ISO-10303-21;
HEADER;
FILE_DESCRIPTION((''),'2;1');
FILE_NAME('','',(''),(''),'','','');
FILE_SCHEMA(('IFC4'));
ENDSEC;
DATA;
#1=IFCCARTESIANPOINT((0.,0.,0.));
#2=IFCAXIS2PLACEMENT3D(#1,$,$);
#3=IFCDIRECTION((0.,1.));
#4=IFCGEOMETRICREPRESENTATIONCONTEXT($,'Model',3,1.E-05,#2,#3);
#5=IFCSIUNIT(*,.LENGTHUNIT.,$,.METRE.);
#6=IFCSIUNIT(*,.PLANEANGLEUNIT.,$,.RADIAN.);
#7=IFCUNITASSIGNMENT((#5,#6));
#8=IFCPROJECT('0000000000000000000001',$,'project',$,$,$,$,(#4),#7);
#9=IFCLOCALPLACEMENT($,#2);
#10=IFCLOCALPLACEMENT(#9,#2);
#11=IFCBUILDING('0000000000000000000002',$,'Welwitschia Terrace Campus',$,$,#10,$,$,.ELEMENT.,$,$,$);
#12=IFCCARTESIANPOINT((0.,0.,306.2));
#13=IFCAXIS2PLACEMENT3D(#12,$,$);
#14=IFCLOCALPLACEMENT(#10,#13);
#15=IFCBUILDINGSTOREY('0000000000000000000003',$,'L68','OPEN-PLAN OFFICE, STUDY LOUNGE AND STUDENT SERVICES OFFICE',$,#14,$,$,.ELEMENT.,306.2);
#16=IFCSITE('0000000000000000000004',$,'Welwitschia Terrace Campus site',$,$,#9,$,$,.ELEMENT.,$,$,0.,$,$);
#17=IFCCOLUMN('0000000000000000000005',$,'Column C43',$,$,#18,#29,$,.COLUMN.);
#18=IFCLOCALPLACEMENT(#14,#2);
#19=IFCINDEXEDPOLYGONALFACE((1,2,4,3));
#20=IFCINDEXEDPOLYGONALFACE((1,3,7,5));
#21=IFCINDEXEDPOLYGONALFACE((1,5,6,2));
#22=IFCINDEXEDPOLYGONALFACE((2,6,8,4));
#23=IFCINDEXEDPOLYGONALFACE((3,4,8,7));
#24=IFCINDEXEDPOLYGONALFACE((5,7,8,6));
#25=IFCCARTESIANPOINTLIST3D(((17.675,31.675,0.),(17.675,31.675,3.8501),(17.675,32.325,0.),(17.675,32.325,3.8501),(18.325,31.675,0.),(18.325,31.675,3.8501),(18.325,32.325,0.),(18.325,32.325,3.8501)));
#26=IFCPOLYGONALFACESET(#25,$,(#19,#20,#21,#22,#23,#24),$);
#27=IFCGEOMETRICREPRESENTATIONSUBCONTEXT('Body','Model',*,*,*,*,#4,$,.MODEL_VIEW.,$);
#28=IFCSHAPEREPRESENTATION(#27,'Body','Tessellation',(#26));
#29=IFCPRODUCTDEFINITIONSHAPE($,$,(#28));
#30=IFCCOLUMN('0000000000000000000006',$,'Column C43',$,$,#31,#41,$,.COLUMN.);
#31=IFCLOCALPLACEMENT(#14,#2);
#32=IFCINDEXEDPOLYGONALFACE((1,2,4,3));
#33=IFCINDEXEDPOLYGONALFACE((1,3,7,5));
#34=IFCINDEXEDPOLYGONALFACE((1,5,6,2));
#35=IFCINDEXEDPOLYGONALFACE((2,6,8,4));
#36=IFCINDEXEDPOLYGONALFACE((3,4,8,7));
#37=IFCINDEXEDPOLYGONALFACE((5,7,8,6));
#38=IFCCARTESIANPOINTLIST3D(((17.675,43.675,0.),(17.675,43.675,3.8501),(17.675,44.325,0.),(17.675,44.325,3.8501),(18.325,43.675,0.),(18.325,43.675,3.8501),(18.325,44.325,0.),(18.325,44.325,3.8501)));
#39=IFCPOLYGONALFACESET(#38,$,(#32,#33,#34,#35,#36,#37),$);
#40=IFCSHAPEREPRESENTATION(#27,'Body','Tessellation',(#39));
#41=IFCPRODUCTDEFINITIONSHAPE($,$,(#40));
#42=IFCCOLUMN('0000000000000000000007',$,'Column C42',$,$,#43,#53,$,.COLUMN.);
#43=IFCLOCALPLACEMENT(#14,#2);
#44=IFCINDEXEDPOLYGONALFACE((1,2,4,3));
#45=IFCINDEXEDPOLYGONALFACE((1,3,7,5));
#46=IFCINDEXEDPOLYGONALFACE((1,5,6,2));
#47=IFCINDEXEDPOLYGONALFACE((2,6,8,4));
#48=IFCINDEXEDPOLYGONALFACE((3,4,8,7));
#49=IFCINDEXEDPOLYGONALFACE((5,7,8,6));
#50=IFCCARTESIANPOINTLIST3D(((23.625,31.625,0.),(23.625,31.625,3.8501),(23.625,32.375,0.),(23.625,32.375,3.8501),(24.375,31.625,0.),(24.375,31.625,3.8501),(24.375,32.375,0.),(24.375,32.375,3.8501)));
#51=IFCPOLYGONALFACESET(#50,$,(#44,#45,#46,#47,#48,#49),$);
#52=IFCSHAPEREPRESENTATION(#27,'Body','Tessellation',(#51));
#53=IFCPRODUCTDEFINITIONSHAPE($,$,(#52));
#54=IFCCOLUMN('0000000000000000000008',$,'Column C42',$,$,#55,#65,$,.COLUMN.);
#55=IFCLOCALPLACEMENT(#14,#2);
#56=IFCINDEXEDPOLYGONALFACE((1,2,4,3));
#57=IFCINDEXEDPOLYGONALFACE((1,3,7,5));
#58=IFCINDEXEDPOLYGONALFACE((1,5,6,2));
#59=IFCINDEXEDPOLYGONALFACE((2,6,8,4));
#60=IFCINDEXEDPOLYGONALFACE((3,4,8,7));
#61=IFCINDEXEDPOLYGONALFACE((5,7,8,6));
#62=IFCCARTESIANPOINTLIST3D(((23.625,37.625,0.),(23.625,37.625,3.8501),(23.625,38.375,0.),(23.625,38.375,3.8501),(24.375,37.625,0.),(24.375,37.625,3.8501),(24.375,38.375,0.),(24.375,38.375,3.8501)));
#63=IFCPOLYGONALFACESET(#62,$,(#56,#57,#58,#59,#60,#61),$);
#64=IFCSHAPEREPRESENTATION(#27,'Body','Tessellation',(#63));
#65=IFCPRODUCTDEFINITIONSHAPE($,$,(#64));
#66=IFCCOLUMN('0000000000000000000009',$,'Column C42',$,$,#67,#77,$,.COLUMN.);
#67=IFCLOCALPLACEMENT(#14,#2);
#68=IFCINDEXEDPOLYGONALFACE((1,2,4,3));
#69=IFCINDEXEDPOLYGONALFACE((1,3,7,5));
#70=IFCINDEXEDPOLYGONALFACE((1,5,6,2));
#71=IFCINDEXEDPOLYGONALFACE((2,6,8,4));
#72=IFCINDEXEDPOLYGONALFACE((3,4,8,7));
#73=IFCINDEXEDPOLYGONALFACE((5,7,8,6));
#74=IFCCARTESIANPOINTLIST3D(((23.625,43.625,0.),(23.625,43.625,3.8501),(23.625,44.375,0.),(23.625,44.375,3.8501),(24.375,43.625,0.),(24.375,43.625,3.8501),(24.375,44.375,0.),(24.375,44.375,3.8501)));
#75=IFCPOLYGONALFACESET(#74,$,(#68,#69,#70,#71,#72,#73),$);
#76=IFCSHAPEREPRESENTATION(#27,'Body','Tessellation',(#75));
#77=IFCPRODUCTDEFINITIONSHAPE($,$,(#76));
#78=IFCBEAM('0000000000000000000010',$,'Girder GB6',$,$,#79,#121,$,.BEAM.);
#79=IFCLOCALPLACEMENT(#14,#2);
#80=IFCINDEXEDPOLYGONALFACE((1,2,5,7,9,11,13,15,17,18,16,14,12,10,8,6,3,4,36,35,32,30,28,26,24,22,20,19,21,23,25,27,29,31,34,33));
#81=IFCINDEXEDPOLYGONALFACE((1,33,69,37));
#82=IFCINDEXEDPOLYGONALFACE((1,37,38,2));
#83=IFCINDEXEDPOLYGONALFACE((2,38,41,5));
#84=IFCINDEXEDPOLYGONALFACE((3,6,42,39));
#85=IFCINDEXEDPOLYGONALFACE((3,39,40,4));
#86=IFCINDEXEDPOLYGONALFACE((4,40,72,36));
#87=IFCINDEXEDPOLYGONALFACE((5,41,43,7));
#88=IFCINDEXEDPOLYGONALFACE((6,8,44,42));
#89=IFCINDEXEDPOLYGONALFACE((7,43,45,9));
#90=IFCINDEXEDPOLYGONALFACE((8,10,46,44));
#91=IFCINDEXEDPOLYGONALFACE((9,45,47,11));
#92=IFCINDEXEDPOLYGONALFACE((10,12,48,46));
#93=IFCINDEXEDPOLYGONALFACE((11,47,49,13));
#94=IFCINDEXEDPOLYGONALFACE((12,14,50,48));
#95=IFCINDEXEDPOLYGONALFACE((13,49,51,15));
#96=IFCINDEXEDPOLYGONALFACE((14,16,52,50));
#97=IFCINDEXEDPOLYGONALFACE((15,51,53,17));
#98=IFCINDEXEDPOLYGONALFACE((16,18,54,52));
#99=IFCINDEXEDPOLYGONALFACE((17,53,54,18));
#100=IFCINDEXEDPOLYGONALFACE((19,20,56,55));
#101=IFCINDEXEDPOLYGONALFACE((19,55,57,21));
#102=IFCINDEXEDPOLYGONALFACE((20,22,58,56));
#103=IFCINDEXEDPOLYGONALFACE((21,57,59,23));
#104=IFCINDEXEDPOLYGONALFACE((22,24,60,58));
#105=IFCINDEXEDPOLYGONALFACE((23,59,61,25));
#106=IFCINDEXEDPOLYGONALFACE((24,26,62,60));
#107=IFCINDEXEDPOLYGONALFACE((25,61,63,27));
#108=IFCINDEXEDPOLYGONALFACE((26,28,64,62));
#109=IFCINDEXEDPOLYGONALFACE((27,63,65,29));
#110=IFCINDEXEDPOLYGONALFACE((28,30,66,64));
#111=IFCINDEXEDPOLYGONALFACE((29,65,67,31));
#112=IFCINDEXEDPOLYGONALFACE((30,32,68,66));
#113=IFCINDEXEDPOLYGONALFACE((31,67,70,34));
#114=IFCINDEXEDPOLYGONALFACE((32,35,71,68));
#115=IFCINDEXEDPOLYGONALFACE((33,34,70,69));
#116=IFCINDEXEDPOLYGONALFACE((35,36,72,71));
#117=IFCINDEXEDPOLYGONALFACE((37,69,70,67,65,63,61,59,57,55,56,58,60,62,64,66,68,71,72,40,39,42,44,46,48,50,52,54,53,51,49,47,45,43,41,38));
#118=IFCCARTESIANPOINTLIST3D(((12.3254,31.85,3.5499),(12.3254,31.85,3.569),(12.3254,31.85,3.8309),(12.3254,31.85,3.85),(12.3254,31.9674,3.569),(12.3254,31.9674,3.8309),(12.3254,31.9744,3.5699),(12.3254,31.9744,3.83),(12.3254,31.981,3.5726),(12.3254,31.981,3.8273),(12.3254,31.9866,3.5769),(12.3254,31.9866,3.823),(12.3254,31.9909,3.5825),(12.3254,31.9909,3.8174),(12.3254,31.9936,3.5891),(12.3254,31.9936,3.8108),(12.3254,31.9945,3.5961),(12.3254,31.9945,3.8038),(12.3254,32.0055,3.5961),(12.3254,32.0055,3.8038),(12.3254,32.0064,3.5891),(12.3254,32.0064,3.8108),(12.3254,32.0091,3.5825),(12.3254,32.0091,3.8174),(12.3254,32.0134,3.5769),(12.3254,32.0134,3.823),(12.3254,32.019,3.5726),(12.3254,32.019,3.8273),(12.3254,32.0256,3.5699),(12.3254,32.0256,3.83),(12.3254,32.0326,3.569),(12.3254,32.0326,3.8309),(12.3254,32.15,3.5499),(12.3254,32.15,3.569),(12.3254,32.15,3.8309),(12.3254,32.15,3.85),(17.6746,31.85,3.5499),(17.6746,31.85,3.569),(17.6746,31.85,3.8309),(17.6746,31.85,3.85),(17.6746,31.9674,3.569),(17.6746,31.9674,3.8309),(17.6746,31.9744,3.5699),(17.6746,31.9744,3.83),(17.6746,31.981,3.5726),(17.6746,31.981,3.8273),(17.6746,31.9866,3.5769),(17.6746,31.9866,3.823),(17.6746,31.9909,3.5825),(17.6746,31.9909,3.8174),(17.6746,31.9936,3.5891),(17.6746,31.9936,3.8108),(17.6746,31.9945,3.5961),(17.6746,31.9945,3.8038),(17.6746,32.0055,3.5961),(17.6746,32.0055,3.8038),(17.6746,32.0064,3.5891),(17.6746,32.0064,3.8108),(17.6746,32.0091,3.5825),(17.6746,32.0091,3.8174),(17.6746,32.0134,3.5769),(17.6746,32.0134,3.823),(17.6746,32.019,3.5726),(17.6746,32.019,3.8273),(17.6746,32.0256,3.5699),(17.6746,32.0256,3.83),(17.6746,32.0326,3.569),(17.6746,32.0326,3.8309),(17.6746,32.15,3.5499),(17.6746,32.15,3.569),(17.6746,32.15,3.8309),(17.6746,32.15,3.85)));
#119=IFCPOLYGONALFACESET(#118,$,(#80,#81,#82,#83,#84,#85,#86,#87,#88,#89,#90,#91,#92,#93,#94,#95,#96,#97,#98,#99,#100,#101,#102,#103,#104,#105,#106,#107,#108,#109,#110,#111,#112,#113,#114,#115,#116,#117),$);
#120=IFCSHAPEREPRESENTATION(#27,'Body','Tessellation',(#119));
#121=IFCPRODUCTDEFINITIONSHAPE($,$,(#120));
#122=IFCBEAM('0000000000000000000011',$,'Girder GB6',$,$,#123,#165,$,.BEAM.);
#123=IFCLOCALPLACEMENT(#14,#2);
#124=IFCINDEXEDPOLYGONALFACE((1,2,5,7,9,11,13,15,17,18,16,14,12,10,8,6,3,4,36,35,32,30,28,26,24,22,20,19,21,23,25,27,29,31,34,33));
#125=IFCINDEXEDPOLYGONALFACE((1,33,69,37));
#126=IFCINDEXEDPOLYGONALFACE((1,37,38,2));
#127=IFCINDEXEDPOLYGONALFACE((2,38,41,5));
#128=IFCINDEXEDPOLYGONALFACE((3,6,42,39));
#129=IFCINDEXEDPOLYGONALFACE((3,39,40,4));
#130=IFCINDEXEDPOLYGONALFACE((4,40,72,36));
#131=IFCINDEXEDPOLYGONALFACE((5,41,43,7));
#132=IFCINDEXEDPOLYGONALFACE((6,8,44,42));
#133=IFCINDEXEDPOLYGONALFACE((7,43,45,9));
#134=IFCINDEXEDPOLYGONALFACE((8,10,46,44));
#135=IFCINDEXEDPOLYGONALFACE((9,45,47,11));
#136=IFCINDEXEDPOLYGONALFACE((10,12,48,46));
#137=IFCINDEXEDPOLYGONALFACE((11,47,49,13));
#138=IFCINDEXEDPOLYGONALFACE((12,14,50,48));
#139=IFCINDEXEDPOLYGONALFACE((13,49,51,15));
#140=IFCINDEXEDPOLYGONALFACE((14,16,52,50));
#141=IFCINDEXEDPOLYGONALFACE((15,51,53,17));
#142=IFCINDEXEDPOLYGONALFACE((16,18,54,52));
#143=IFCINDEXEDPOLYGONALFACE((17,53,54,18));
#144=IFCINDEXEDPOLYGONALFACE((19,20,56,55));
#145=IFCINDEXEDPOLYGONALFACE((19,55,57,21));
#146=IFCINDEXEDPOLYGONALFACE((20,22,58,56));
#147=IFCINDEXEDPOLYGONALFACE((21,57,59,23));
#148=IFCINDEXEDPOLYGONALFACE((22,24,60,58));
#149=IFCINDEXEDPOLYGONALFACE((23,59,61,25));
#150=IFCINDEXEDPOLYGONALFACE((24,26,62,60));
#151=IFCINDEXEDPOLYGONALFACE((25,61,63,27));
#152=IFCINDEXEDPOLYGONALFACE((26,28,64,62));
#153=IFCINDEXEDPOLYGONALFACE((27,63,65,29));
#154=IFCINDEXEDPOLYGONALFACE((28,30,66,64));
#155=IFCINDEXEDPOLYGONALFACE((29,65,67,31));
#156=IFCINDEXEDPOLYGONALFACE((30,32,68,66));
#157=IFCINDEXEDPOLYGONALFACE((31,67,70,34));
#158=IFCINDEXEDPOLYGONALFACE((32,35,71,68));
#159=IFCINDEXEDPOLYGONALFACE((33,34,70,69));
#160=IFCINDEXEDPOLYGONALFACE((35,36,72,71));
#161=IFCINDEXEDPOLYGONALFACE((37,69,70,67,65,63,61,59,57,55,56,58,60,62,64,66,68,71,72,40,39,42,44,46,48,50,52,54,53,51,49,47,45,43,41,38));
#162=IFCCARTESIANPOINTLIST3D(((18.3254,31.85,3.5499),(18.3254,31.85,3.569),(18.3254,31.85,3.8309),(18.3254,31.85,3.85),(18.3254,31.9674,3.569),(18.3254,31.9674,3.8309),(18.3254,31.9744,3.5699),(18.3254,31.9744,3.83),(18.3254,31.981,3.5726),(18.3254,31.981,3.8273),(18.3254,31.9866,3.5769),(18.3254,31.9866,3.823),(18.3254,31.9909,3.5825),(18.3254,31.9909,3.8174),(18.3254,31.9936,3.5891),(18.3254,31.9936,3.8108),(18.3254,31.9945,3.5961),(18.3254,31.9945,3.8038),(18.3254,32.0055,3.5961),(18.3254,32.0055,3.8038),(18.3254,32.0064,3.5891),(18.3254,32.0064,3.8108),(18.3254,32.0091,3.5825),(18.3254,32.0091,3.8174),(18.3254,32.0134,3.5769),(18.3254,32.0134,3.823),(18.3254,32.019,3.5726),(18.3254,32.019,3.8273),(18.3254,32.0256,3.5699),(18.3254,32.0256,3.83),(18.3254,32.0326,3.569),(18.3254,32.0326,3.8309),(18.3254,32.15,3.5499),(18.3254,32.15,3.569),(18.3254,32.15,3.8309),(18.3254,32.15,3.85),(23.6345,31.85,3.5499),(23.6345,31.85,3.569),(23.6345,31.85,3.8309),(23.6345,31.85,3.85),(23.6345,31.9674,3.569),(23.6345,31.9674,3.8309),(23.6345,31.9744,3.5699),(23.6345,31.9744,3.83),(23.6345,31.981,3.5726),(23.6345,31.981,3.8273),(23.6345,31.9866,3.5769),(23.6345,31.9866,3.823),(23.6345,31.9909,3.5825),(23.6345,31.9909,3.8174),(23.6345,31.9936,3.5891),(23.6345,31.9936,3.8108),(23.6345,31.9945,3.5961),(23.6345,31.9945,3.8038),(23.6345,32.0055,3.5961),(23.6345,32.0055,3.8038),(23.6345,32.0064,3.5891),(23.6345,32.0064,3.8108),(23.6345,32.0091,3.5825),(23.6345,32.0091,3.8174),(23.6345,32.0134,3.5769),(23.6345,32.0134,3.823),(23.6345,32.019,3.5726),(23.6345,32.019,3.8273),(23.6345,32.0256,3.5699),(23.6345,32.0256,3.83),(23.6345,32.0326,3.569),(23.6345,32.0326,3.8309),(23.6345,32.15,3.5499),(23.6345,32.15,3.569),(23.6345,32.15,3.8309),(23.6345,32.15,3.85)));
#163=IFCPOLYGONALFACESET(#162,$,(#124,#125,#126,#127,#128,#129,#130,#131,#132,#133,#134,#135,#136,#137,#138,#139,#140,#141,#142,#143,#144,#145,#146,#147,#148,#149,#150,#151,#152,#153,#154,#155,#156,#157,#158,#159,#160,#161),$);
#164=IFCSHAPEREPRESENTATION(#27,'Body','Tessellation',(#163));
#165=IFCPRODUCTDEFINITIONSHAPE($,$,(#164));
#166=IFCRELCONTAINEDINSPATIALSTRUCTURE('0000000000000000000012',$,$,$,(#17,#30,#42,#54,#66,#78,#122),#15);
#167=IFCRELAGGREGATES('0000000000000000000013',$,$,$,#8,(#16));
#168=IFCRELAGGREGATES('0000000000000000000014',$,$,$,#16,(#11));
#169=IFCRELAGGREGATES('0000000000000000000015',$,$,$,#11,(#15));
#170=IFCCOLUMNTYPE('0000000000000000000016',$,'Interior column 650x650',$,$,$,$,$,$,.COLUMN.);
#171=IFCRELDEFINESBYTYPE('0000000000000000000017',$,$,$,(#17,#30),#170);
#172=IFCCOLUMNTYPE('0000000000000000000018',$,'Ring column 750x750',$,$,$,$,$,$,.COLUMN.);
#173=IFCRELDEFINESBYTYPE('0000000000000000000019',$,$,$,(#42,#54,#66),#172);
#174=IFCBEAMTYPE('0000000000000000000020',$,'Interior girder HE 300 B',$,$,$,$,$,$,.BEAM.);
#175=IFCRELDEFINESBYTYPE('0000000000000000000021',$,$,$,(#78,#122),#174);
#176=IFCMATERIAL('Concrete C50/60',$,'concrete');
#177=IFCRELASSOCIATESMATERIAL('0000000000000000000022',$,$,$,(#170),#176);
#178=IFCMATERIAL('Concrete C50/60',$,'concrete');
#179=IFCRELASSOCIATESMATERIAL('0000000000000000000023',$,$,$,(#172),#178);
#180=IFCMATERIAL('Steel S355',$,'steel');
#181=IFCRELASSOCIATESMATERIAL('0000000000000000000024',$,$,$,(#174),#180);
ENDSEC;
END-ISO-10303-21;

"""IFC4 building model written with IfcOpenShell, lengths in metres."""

from ifc_helpers import new_model, si_unit, direction, frame, origin, origin_2d, place, context, subcontext, project, spatial, rectangle, i_section, extrude, material, material_profile, profile_set, type_object, element, save


model = new_model("IFC4")

# Units and contexts
model_context = context("Model", 3, precision=1e-05, world=origin(), true_north=direction((0.0, 1.0)))
body_context = subcontext(model_context, "Body", "Model", "MODEL_VIEW")
ifc_project = project(units=[si_unit("LENGTHUNIT", "METRE"), si_unit("PLANEANGLEUNIT", "RADIAN")], contexts=[model_context])

# Site, building, storey
site_placement = place(None, origin())
site = spatial("IfcSite", under=ifc_project, at=site_placement, Name="Welwitschia Terrace Campus site", CompositionType="ELEMENT", RefElevation=0.0)
building_placement = place(site_placement, origin())
building = spatial("IfcBuilding", under=site, at=building_placement, Name="Welwitschia Terrace Campus", CompositionType="ELEMENT")
storey_placement = place(building_placement, frame((0.0, 0.0, 306.2)))
storey = spatial("IfcBuildingStorey", under=building, at=storey_placement, Name="L68", Description="OPEN-PLAN OFFICE, STUDY LOUNGE AND STUDENT SERVICES OFFICE", CompositionType="ELEMENT", Elevation=306.2)

# Columns
ifc_material_1 = material(Name="Concrete C50/60", Category="concrete")
ifc_material_profile_1 = material_profile(ifc_material_1, rectangle(XDim=0.6499, YDim=0.6499, at=origin_2d()))
ifc_profile_set_1 = profile_set([ifc_material_profile_1], Name="Concrete C50/60")
column_type_1 = type_object("IfcColumnType", Name="Interior column 650x650", PredefinedType="COLUMN", material=ifc_profile_set_1)
for number, where, z_axis, x_axis, name in (
    (1, (18.0, 32.0, 0.0), (0.0, 0.0, 1.0), (1.0, 0.0, 0.0), "Column C43"),
    (2, (18.0, 44.0, 0.0), (0.0, 0.0, 1.0), (1.0, 0.0, 0.0), "Column C43"),
):
    element("IfcColumn", number, at=place(storey_placement, frame(where, z_axis=z_axis, x_axis=x_axis)), inside=storey, type_object=column_type_1, Name=name, PredefinedType="COLUMN", context=body_context, shape_type="SweptSolid", body=[
        extrude(rectangle(XDim=0.6499, YDim=0.6499, at=origin_2d()), origin(), (0.0, 0.0, 1.0), 3.8501),
    ])
ifc_material_2 = material(Name="Concrete C50/60", Category="concrete")
ifc_material_profile_2 = material_profile(ifc_material_2, rectangle(XDim=0.75, YDim=0.75, at=origin_2d()))
ifc_profile_set_2 = profile_set([ifc_material_profile_2], Name="Concrete C50/60")
column_type_2 = type_object("IfcColumnType", Name="Ring column 750x750", PredefinedType="COLUMN", material=ifc_profile_set_2)
for number, where, z_axis, x_axis, name in (
    (3, (24.0, 32.0, 0.0), (0.0, 0.0, 1.0), (1.0, 0.0, 0.0), "Column C42"),
    (4, (24.0, 38.0, 0.0), (0.0, 0.0, 1.0), (1.0, 0.0, 0.0), "Column C42"),
    (5, (24.0, 44.0, 0.0), (0.0, 0.0, 1.0), (1.0, 0.0, 0.0), "Column C42"),
):
    element("IfcColumn", number, at=place(storey_placement, frame(where, z_axis=z_axis, x_axis=x_axis)), inside=storey, type_object=column_type_2, Name=name, PredefinedType="COLUMN", context=body_context, shape_type="SweptSolid", body=[
        extrude(rectangle(XDim=0.75, YDim=0.75, at=origin_2d()), origin(), (0.0, 0.0, 1.0), 3.8501),
    ])

# Beams
ifc_material_3 = material(Name="Steel S355", Category="steel")
ifc_material_profile_3 = material_profile(ifc_material_3, i_section(OverallWidth=0.3, OverallDepth=0.3, WebThickness=0.011, FlangeThickness=0.019, FilletRadius=0.0271, at=origin_2d()))
ifc_profile_set_3 = profile_set([ifc_material_profile_3], Name="Steel S355")
beam_type_1 = type_object("IfcBeamType", Name="Interior girder HE 300 B", PredefinedType="BEAM", material=ifc_profile_set_3)
beam_1_placement = place(storey_placement, frame((12.3254, 32.0, 3.7), z_axis=(1.0, 0.0, 0.0), x_axis=(0.0, 1.0, 0.0)))
element("IfcBeam", 6, at=beam_1_placement, inside=storey, type_object=beam_type_1, Name="Girder GB6", PredefinedType="BEAM", context=body_context, shape_type="SweptSolid", body=[
    extrude(i_section(OverallWidth=0.3, OverallDepth=0.3, WebThickness=0.011, FlangeThickness=0.019, FilletRadius=0.0271, at=origin_2d()), origin(), (0.0, 0.0, 1.0), 5.3491),
])
beam_2_placement = place(storey_placement, frame((18.3254, 32.0, 3.7), z_axis=(1.0, 0.0, 0.0), x_axis=(0.0, 1.0, 0.0)))
element("IfcBeam", 7, at=beam_2_placement, inside=storey, type_object=beam_type_1, Name="Girder GB6", PredefinedType="BEAM", context=body_context, shape_type="SweptSolid", body=[
    extrude(i_section(OverallWidth=0.3, OverallDepth=0.3, WebThickness=0.011, FlangeThickness=0.019, FilletRadius=0.0271, at=origin_2d()), origin(), (0.0, 0.0, 1.0), 5.3091),
])

save(model, "model.ifc")
